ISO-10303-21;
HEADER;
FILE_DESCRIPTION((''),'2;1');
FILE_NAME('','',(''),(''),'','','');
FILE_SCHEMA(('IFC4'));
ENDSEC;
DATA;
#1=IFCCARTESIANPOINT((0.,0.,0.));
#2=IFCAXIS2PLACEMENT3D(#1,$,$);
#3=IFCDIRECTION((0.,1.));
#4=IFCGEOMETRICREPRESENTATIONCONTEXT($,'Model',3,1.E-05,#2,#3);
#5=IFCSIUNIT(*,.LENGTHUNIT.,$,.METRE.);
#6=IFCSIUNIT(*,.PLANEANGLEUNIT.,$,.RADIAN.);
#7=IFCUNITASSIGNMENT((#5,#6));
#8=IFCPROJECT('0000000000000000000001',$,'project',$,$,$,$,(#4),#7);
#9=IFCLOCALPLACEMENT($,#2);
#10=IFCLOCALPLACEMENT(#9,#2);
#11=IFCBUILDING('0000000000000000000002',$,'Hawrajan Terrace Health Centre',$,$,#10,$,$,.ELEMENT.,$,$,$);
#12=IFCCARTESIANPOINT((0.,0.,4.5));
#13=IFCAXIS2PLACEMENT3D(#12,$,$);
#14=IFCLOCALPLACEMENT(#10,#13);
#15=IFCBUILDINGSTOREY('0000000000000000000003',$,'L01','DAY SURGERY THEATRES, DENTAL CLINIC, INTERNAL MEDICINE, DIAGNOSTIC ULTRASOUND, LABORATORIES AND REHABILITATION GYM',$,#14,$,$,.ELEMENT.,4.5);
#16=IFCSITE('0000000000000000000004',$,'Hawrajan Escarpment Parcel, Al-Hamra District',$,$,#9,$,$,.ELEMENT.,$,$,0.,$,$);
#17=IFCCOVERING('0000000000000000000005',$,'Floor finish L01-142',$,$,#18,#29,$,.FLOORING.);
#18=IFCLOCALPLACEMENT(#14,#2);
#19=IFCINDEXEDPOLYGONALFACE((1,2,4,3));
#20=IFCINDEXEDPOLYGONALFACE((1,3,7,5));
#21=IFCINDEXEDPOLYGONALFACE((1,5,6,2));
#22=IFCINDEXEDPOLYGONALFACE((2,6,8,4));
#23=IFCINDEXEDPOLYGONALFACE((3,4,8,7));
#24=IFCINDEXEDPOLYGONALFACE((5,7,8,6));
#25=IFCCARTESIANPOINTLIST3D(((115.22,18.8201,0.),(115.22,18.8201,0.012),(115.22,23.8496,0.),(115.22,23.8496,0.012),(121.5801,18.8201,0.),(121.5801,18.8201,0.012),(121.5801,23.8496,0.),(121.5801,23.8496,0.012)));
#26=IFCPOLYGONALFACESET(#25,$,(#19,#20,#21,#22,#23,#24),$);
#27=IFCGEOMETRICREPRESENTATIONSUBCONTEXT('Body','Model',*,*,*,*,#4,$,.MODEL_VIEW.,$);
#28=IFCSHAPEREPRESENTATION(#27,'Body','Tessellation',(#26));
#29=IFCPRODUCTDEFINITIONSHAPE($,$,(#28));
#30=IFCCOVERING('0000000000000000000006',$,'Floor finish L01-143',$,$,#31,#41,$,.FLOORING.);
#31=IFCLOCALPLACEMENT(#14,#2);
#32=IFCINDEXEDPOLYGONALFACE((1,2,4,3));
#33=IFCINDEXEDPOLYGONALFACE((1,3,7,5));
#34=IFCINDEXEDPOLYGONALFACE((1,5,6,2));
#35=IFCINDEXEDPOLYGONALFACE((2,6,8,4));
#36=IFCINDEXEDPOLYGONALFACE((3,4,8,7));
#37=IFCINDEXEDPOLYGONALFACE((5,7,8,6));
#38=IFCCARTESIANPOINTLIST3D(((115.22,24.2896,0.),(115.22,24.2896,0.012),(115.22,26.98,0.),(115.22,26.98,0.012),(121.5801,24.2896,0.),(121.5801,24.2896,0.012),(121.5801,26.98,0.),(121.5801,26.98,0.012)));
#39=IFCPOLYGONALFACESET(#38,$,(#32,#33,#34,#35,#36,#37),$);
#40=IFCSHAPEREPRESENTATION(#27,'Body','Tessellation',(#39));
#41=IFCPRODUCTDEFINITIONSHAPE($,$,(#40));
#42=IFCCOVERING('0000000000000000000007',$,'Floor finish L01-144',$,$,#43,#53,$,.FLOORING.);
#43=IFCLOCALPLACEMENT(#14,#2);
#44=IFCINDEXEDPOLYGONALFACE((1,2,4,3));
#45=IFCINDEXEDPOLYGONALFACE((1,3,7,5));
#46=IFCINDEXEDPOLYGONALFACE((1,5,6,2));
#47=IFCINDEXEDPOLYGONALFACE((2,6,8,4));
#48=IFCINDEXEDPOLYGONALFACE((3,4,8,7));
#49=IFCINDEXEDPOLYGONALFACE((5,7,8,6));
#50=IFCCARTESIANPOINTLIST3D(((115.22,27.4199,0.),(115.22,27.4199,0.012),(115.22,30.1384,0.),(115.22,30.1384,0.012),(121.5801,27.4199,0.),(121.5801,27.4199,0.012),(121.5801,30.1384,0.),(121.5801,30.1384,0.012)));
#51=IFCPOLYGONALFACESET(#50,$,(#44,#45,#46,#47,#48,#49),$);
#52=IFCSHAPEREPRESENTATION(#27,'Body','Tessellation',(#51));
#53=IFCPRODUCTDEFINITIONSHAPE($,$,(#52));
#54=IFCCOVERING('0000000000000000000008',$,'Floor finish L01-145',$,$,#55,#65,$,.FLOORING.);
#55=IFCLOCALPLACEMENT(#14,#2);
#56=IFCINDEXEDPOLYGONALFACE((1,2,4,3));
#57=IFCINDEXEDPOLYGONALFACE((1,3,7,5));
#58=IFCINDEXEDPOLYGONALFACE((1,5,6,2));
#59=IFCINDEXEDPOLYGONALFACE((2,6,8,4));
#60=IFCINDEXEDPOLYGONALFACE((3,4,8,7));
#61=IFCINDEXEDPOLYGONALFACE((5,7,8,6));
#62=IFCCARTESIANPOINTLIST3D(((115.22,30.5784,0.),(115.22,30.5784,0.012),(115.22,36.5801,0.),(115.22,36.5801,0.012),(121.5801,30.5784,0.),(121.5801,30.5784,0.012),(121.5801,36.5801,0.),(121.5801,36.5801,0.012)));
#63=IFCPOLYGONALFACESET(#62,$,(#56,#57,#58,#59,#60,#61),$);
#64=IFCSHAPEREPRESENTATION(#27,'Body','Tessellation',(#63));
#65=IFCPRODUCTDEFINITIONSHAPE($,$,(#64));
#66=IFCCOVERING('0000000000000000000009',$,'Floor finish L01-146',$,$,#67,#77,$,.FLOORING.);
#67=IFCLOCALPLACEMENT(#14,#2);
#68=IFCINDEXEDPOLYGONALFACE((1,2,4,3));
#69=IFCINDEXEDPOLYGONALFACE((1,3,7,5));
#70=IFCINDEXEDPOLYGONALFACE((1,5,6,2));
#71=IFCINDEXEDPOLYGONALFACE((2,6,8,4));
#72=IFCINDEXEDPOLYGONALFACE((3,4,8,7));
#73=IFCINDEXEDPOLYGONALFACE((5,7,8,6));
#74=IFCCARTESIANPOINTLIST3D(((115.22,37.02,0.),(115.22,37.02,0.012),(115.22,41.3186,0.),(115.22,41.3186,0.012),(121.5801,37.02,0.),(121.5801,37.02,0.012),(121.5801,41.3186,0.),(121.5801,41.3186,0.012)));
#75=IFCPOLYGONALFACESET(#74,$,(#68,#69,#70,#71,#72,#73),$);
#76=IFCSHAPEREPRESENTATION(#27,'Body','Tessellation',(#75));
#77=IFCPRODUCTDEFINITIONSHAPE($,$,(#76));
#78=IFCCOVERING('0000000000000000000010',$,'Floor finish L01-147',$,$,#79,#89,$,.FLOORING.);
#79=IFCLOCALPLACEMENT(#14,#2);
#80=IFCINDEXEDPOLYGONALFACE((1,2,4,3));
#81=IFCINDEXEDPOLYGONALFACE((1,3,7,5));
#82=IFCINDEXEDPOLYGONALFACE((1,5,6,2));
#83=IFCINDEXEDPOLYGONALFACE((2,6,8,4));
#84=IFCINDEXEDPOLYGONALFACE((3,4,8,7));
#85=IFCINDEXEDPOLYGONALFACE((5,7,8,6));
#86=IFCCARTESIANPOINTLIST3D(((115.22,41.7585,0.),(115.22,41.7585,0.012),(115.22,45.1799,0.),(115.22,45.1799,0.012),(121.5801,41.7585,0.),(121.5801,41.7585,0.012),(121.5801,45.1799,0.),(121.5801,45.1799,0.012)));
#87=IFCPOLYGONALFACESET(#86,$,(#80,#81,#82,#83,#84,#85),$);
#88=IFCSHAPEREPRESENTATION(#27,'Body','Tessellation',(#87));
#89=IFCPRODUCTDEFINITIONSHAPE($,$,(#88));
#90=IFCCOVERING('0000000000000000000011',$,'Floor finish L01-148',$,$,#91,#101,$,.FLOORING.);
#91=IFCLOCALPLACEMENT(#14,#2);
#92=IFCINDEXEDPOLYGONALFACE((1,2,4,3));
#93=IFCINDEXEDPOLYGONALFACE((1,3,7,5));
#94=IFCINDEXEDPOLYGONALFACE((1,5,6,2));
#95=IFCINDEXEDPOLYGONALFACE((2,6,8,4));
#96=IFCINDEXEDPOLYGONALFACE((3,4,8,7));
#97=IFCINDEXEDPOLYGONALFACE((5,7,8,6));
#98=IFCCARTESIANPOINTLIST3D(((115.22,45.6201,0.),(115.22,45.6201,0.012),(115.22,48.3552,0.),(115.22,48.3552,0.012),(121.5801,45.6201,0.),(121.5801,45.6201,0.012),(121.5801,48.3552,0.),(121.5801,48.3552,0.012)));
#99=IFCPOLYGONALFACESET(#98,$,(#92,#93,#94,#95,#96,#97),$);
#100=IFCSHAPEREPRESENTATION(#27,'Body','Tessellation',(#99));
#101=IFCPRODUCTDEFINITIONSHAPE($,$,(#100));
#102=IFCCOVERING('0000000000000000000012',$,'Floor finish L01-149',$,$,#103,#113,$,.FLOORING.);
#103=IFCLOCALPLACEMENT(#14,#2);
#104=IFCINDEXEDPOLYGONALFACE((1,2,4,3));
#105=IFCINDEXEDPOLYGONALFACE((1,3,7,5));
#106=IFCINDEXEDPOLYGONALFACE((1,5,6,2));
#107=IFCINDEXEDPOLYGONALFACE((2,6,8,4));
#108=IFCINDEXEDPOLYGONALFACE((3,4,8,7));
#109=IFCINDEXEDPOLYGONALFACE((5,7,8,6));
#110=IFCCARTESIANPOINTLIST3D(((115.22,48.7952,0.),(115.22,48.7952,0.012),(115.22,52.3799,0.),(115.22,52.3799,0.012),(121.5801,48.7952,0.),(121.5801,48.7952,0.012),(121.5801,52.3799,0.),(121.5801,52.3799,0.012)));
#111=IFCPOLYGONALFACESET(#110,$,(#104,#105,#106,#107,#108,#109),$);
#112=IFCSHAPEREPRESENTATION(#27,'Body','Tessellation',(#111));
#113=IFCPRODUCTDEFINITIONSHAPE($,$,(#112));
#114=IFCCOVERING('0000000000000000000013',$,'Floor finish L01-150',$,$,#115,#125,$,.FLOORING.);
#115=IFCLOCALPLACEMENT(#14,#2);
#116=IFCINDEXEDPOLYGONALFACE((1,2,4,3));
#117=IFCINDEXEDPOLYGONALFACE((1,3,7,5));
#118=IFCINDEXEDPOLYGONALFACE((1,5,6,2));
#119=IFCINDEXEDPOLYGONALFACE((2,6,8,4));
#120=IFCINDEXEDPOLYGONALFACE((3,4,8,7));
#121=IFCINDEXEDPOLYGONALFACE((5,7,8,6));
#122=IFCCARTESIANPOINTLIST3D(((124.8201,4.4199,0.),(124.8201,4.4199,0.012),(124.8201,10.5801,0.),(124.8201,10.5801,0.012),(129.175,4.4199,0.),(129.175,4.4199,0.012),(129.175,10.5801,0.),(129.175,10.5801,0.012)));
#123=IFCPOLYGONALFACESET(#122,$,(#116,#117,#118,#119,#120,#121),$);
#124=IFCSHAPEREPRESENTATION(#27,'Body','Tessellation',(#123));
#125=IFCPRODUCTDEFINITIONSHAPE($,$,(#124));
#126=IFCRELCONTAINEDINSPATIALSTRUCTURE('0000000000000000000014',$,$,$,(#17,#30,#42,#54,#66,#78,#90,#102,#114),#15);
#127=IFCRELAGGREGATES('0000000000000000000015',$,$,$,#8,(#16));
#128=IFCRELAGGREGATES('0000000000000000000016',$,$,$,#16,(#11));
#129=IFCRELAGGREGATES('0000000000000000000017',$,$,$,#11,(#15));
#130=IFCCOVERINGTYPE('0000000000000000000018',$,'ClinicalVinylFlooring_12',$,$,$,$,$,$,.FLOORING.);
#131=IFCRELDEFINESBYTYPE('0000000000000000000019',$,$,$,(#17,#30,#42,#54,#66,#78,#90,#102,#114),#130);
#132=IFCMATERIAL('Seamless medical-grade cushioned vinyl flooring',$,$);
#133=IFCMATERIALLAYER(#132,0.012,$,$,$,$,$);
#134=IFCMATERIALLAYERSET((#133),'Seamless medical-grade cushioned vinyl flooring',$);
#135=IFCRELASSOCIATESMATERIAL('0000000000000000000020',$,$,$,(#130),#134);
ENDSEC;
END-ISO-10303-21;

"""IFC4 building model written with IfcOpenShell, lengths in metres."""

from ifc_helpers import new_model, si_unit, direction, frame, origin, place, context, subcontext, project, spatial, polyline, outline, extrude, material, layer, layer_set, type_object, element, save


model = new_model("IFC4")

# Units and contexts
model_context = context("Model", 3, precision=1e-05, world=origin(), true_north=direction((0.0, 1.0)))
body_context = subcontext(model_context, "Body", "Model", "MODEL_VIEW")
ifc_project = project(units=[si_unit("LENGTHUNIT", "METRE"), si_unit("PLANEANGLEUNIT", "RADIAN")], contexts=[model_context])

# Site, building, storey
site_placement = place(None, origin())
site = spatial("IfcSite", under=ifc_project, at=site_placement, Name="Hawrajan Escarpment Parcel, Al-Hamra District", CompositionType="ELEMENT", RefElevation=0.0)
building_placement = place(site_placement, origin())
building = spatial("IfcBuilding", under=site, at=building_placement, Name="Hawrajan Terrace Health Centre", CompositionType="ELEMENT")
storey_placement = place(building_placement, frame((0.0, 0.0, 4.5)))
storey = spatial("IfcBuildingStorey", under=building, at=storey_placement, Name="L01", Description="DAY SURGERY THEATRES, DENTAL CLINIC, INTERNAL MEDICINE, DIAGNOSTIC ULTRASOUND, LABORATORIES AND REHABILITATION GYM", CompositionType="ELEMENT", Elevation=4.5)

# Coverings
ifc_material = material(Name="Seamless medical-grade cushioned vinyl flooring")
ifc_layer = layer(ifc_material, 0.012)
ifc_layer_set = layer_set([ifc_layer], Name="Seamless medical-grade cushioned vinyl flooring")
covering_type = type_object("IfcCoveringType", Name="ClinicalVinylFlooring_12", PredefinedType="FLOORING", material=ifc_layer_set)
covering_1_placement = place(storey_placement, origin())
element("IfcCovering", 1, at=covering_1_placement, inside=storey, type_object=covering_type, Name="Floor finish L01-142", PredefinedType="FLOORING", context=body_context, shape_type="SweptSolid", body=[
    extrude(outline(polyline([(115.22, 23.8496), (121.5801, 23.8496), (121.5801, 18.8201), (115.22, 18.8201), (115.22, 23.8496)])), origin(), (0.0, 0.0, 1.0), 0.012),
])
covering_2_placement = place(storey_placement, origin())
element("IfcCovering", 2, at=covering_2_placement, inside=storey, type_object=covering_type, Name="Floor finish L01-143", PredefinedType="FLOORING", context=body_context, shape_type="SweptSolid", body=[
    extrude(outline(polyline([(115.22, 26.98), (121.5801, 26.98), (121.5801, 24.2896), (115.22, 24.2896), (115.22, 26.98)])), origin(), (0.0, 0.0, 1.0), 0.012),
])
covering_3_placement = place(storey_placement, origin())
element("IfcCovering", 3, at=covering_3_placement, inside=storey, type_object=covering_type, Name="Floor finish L01-144", PredefinedType="FLOORING", context=body_context, shape_type="SweptSolid", body=[
    extrude(outline(polyline([(115.22, 30.1384), (121.5801, 30.1384), (121.5801, 27.4199), (115.22, 27.4199), (115.22, 30.1384)])), origin(), (0.0, 0.0, 1.0), 0.012),
])
covering_4_placement = place(storey_placement, origin())
element("IfcCovering", 4, at=covering_4_placement, inside=storey, type_object=covering_type, Name="Floor finish L01-145", PredefinedType="FLOORING", context=body_context, shape_type="SweptSolid", body=[
    extrude(outline(polyline([(115.22, 36.5801), (121.5801, 36.5801), (121.5801, 30.5784), (115.22, 30.5784), (115.22, 36.5801)])), origin(), (0.0, 0.0, 1.0), 0.012),
])
covering_5_placement = place(storey_placement, origin())
element("IfcCovering", 5, at=covering_5_placement, inside=storey, type_object=covering_type, Name="Floor finish L01-146", PredefinedType="FLOORING", context=body_context, shape_type="SweptSolid", body=[
    extrude(outline(polyline([(115.22, 41.3186), (121.5801, 41.3186), (121.5801, 37.02), (115.22, 37.02), (115.22, 41.3186)])), origin(), (0.0, 0.0, 1.0), 0.012),
])
covering_6_placement = place(storey_placement, origin())
element("IfcCovering", 6, at=covering_6_placement, inside=storey, type_object=covering_type, Name="Floor finish L01-147", PredefinedType="FLOORING", context=body_context, shape_type="SweptSolid", body=[
    extrude(outline(polyline([(115.22, 45.1799), (121.5801, 45.1799), (121.5801, 41.7585), (115.22, 41.7585), (115.22, 45.1799)])), origin(), (0.0, 0.0, 1.0), 0.012),
])
covering_7_placement = place(storey_placement, origin())
element("IfcCovering", 7, at=covering_7_placement, inside=storey, type_object=covering_type, Name="Floor finish L01-148", PredefinedType="FLOORING", context=body_context, shape_type="SweptSolid", body=[
    extrude(outline(polyline([(115.22, 48.3552), (121.5801, 48.3552), (121.5801, 45.6201), (115.22, 45.6201), (115.22, 48.3552)])), origin(), (0.0, 0.0, 1.0), 0.012),
])
covering_8_placement = place(storey_placement, origin())
element("IfcCovering", 8, at=covering_8_placement, inside=storey, type_object=covering_type, Name="Floor finish L01-149", PredefinedType="FLOORING", context=body_context, shape_type="SweptSolid", body=[
    extrude(outline(polyline([(115.22, 52.3799), (121.5801, 52.3799), (121.5801, 48.7952), (115.22, 48.7952), (115.22, 52.3799)])), origin(), (0.0, 0.0, 1.0), 0.012),
])
covering_9_placement = place(storey_placement, origin())
element("IfcCovering", 9, at=covering_9_placement, inside=storey, type_object=covering_type, Name="Floor finish L01-150", PredefinedType="FLOORING", context=body_context, shape_type="SweptSolid", body=[
    extrude(outline(polyline([(124.8201, 10.5801), (129.175, 10.5801), (129.175, 4.4199), (124.8201, 4.4199), (124.8201, 10.5801)])), origin(), (0.0, 0.0, 1.0), 0.012),
])

save(model, "model.ifc")
